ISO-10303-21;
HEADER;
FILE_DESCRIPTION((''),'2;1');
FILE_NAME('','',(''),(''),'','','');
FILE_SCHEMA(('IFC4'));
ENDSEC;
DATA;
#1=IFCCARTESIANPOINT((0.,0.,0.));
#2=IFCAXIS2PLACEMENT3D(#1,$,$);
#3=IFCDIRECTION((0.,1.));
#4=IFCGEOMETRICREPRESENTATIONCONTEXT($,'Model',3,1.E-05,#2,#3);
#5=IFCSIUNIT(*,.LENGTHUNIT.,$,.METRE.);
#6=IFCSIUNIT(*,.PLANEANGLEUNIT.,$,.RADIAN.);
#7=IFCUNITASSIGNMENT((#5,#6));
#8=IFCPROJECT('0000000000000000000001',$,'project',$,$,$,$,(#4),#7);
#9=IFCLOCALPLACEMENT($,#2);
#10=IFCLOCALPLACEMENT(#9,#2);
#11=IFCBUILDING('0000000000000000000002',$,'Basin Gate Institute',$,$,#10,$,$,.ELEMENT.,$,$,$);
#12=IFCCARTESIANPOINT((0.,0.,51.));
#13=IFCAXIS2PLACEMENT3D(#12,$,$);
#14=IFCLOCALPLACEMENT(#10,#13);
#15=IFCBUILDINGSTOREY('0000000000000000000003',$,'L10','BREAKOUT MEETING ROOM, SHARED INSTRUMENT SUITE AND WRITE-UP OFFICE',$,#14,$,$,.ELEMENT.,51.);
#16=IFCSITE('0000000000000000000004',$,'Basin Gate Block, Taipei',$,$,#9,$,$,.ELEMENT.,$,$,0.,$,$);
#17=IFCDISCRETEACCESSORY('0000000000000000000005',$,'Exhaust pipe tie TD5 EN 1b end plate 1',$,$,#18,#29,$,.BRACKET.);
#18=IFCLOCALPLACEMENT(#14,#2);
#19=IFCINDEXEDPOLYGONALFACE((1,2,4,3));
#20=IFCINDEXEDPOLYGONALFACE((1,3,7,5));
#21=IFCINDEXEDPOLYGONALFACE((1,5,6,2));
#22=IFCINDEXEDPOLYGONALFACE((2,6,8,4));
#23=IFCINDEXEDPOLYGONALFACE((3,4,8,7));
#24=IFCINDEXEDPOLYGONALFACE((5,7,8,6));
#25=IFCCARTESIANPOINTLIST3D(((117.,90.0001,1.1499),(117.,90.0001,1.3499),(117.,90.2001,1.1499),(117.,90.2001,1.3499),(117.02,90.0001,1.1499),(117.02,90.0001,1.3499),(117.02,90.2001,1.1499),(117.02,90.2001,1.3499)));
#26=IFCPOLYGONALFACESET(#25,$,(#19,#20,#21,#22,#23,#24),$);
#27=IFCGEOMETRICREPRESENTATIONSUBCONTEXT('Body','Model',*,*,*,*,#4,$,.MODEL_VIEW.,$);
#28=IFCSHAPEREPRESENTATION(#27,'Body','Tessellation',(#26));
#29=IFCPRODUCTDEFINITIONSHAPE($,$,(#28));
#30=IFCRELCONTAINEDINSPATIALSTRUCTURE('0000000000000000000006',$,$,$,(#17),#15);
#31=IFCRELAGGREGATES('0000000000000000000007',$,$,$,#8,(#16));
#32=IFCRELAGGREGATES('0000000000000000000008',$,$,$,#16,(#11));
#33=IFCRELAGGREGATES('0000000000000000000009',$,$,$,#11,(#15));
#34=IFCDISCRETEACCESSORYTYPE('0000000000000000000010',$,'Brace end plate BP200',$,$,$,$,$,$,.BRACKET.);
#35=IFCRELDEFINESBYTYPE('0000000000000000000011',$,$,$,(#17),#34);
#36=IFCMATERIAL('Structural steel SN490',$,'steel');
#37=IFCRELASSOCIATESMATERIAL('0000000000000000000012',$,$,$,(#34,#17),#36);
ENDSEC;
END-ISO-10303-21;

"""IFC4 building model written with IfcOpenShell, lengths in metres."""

from ifc_helpers import new_model, si_unit, direction, frame, origin, origin_2d, place, context, subcontext, project, spatial, rectangle, extrude, material, type_object, element, save


model = new_model("IFC4")

# Units and contexts
model_context = context("Model", 3, precision=1e-05, world=origin(), true_north=direction((0.0, 1.0)))
body_context = subcontext(model_context, "Body", "Model", "MODEL_VIEW")
ifc_project = project(units=[si_unit("LENGTHUNIT", "METRE"), si_unit("PLANEANGLEUNIT", "RADIAN")], contexts=[model_context])

# Site, building, storey
site_placement = place(None, origin())
site = spatial("IfcSite", under=ifc_project, at=site_placement, Name="Basin Gate Block, Taipei", CompositionType="ELEMENT", RefElevation=0.0)
building_placement = place(site_placement, origin())
building = spatial("IfcBuilding", under=site, at=building_placement, Name="Basin Gate Institute", CompositionType="ELEMENT")
storey_placement = place(building_placement, frame((0.0, 0.0, 51.0)))
storey = spatial("IfcBuildingStorey", under=building, at=storey_placement, Name="L10", Description="BREAKOUT MEETING ROOM, SHARED INSTRUMENT SUITE AND WRITE-UP OFFICE", CompositionType="ELEMENT", Elevation=51.0)

# Discrete accessory
ifc_material_1 = material(Name="Structural steel SN490", Category="steel")
discrete_accessory_type = type_object("IfcDiscreteAccessoryType", Name="Brace end plate BP200", PredefinedType="BRACKET", material=ifc_material_1)
discrete_accessory_placement = place(storey_placement, frame((117.01, 90.1001, 1.1499), z_axis=(0.0, 0.0, 1.0), x_axis=(1.0, 0.0, 0.0)))
element("IfcDiscreteAccessory", 1, at=discrete_accessory_placement, inside=storey, type_object=discrete_accessory_type, material=ifc_material_1, Name="Exhaust pipe tie TD5 EN 1b end plate 1", PredefinedType="BRACKET", context=body_context, shape_type="SweptSolid", body=[
    extrude(rectangle(XDim=0.02, YDim=0.2, at=origin_2d()), origin(), (0.0, 0.0, 1.0), 0.2),
])

save(model, "model.ifc")
